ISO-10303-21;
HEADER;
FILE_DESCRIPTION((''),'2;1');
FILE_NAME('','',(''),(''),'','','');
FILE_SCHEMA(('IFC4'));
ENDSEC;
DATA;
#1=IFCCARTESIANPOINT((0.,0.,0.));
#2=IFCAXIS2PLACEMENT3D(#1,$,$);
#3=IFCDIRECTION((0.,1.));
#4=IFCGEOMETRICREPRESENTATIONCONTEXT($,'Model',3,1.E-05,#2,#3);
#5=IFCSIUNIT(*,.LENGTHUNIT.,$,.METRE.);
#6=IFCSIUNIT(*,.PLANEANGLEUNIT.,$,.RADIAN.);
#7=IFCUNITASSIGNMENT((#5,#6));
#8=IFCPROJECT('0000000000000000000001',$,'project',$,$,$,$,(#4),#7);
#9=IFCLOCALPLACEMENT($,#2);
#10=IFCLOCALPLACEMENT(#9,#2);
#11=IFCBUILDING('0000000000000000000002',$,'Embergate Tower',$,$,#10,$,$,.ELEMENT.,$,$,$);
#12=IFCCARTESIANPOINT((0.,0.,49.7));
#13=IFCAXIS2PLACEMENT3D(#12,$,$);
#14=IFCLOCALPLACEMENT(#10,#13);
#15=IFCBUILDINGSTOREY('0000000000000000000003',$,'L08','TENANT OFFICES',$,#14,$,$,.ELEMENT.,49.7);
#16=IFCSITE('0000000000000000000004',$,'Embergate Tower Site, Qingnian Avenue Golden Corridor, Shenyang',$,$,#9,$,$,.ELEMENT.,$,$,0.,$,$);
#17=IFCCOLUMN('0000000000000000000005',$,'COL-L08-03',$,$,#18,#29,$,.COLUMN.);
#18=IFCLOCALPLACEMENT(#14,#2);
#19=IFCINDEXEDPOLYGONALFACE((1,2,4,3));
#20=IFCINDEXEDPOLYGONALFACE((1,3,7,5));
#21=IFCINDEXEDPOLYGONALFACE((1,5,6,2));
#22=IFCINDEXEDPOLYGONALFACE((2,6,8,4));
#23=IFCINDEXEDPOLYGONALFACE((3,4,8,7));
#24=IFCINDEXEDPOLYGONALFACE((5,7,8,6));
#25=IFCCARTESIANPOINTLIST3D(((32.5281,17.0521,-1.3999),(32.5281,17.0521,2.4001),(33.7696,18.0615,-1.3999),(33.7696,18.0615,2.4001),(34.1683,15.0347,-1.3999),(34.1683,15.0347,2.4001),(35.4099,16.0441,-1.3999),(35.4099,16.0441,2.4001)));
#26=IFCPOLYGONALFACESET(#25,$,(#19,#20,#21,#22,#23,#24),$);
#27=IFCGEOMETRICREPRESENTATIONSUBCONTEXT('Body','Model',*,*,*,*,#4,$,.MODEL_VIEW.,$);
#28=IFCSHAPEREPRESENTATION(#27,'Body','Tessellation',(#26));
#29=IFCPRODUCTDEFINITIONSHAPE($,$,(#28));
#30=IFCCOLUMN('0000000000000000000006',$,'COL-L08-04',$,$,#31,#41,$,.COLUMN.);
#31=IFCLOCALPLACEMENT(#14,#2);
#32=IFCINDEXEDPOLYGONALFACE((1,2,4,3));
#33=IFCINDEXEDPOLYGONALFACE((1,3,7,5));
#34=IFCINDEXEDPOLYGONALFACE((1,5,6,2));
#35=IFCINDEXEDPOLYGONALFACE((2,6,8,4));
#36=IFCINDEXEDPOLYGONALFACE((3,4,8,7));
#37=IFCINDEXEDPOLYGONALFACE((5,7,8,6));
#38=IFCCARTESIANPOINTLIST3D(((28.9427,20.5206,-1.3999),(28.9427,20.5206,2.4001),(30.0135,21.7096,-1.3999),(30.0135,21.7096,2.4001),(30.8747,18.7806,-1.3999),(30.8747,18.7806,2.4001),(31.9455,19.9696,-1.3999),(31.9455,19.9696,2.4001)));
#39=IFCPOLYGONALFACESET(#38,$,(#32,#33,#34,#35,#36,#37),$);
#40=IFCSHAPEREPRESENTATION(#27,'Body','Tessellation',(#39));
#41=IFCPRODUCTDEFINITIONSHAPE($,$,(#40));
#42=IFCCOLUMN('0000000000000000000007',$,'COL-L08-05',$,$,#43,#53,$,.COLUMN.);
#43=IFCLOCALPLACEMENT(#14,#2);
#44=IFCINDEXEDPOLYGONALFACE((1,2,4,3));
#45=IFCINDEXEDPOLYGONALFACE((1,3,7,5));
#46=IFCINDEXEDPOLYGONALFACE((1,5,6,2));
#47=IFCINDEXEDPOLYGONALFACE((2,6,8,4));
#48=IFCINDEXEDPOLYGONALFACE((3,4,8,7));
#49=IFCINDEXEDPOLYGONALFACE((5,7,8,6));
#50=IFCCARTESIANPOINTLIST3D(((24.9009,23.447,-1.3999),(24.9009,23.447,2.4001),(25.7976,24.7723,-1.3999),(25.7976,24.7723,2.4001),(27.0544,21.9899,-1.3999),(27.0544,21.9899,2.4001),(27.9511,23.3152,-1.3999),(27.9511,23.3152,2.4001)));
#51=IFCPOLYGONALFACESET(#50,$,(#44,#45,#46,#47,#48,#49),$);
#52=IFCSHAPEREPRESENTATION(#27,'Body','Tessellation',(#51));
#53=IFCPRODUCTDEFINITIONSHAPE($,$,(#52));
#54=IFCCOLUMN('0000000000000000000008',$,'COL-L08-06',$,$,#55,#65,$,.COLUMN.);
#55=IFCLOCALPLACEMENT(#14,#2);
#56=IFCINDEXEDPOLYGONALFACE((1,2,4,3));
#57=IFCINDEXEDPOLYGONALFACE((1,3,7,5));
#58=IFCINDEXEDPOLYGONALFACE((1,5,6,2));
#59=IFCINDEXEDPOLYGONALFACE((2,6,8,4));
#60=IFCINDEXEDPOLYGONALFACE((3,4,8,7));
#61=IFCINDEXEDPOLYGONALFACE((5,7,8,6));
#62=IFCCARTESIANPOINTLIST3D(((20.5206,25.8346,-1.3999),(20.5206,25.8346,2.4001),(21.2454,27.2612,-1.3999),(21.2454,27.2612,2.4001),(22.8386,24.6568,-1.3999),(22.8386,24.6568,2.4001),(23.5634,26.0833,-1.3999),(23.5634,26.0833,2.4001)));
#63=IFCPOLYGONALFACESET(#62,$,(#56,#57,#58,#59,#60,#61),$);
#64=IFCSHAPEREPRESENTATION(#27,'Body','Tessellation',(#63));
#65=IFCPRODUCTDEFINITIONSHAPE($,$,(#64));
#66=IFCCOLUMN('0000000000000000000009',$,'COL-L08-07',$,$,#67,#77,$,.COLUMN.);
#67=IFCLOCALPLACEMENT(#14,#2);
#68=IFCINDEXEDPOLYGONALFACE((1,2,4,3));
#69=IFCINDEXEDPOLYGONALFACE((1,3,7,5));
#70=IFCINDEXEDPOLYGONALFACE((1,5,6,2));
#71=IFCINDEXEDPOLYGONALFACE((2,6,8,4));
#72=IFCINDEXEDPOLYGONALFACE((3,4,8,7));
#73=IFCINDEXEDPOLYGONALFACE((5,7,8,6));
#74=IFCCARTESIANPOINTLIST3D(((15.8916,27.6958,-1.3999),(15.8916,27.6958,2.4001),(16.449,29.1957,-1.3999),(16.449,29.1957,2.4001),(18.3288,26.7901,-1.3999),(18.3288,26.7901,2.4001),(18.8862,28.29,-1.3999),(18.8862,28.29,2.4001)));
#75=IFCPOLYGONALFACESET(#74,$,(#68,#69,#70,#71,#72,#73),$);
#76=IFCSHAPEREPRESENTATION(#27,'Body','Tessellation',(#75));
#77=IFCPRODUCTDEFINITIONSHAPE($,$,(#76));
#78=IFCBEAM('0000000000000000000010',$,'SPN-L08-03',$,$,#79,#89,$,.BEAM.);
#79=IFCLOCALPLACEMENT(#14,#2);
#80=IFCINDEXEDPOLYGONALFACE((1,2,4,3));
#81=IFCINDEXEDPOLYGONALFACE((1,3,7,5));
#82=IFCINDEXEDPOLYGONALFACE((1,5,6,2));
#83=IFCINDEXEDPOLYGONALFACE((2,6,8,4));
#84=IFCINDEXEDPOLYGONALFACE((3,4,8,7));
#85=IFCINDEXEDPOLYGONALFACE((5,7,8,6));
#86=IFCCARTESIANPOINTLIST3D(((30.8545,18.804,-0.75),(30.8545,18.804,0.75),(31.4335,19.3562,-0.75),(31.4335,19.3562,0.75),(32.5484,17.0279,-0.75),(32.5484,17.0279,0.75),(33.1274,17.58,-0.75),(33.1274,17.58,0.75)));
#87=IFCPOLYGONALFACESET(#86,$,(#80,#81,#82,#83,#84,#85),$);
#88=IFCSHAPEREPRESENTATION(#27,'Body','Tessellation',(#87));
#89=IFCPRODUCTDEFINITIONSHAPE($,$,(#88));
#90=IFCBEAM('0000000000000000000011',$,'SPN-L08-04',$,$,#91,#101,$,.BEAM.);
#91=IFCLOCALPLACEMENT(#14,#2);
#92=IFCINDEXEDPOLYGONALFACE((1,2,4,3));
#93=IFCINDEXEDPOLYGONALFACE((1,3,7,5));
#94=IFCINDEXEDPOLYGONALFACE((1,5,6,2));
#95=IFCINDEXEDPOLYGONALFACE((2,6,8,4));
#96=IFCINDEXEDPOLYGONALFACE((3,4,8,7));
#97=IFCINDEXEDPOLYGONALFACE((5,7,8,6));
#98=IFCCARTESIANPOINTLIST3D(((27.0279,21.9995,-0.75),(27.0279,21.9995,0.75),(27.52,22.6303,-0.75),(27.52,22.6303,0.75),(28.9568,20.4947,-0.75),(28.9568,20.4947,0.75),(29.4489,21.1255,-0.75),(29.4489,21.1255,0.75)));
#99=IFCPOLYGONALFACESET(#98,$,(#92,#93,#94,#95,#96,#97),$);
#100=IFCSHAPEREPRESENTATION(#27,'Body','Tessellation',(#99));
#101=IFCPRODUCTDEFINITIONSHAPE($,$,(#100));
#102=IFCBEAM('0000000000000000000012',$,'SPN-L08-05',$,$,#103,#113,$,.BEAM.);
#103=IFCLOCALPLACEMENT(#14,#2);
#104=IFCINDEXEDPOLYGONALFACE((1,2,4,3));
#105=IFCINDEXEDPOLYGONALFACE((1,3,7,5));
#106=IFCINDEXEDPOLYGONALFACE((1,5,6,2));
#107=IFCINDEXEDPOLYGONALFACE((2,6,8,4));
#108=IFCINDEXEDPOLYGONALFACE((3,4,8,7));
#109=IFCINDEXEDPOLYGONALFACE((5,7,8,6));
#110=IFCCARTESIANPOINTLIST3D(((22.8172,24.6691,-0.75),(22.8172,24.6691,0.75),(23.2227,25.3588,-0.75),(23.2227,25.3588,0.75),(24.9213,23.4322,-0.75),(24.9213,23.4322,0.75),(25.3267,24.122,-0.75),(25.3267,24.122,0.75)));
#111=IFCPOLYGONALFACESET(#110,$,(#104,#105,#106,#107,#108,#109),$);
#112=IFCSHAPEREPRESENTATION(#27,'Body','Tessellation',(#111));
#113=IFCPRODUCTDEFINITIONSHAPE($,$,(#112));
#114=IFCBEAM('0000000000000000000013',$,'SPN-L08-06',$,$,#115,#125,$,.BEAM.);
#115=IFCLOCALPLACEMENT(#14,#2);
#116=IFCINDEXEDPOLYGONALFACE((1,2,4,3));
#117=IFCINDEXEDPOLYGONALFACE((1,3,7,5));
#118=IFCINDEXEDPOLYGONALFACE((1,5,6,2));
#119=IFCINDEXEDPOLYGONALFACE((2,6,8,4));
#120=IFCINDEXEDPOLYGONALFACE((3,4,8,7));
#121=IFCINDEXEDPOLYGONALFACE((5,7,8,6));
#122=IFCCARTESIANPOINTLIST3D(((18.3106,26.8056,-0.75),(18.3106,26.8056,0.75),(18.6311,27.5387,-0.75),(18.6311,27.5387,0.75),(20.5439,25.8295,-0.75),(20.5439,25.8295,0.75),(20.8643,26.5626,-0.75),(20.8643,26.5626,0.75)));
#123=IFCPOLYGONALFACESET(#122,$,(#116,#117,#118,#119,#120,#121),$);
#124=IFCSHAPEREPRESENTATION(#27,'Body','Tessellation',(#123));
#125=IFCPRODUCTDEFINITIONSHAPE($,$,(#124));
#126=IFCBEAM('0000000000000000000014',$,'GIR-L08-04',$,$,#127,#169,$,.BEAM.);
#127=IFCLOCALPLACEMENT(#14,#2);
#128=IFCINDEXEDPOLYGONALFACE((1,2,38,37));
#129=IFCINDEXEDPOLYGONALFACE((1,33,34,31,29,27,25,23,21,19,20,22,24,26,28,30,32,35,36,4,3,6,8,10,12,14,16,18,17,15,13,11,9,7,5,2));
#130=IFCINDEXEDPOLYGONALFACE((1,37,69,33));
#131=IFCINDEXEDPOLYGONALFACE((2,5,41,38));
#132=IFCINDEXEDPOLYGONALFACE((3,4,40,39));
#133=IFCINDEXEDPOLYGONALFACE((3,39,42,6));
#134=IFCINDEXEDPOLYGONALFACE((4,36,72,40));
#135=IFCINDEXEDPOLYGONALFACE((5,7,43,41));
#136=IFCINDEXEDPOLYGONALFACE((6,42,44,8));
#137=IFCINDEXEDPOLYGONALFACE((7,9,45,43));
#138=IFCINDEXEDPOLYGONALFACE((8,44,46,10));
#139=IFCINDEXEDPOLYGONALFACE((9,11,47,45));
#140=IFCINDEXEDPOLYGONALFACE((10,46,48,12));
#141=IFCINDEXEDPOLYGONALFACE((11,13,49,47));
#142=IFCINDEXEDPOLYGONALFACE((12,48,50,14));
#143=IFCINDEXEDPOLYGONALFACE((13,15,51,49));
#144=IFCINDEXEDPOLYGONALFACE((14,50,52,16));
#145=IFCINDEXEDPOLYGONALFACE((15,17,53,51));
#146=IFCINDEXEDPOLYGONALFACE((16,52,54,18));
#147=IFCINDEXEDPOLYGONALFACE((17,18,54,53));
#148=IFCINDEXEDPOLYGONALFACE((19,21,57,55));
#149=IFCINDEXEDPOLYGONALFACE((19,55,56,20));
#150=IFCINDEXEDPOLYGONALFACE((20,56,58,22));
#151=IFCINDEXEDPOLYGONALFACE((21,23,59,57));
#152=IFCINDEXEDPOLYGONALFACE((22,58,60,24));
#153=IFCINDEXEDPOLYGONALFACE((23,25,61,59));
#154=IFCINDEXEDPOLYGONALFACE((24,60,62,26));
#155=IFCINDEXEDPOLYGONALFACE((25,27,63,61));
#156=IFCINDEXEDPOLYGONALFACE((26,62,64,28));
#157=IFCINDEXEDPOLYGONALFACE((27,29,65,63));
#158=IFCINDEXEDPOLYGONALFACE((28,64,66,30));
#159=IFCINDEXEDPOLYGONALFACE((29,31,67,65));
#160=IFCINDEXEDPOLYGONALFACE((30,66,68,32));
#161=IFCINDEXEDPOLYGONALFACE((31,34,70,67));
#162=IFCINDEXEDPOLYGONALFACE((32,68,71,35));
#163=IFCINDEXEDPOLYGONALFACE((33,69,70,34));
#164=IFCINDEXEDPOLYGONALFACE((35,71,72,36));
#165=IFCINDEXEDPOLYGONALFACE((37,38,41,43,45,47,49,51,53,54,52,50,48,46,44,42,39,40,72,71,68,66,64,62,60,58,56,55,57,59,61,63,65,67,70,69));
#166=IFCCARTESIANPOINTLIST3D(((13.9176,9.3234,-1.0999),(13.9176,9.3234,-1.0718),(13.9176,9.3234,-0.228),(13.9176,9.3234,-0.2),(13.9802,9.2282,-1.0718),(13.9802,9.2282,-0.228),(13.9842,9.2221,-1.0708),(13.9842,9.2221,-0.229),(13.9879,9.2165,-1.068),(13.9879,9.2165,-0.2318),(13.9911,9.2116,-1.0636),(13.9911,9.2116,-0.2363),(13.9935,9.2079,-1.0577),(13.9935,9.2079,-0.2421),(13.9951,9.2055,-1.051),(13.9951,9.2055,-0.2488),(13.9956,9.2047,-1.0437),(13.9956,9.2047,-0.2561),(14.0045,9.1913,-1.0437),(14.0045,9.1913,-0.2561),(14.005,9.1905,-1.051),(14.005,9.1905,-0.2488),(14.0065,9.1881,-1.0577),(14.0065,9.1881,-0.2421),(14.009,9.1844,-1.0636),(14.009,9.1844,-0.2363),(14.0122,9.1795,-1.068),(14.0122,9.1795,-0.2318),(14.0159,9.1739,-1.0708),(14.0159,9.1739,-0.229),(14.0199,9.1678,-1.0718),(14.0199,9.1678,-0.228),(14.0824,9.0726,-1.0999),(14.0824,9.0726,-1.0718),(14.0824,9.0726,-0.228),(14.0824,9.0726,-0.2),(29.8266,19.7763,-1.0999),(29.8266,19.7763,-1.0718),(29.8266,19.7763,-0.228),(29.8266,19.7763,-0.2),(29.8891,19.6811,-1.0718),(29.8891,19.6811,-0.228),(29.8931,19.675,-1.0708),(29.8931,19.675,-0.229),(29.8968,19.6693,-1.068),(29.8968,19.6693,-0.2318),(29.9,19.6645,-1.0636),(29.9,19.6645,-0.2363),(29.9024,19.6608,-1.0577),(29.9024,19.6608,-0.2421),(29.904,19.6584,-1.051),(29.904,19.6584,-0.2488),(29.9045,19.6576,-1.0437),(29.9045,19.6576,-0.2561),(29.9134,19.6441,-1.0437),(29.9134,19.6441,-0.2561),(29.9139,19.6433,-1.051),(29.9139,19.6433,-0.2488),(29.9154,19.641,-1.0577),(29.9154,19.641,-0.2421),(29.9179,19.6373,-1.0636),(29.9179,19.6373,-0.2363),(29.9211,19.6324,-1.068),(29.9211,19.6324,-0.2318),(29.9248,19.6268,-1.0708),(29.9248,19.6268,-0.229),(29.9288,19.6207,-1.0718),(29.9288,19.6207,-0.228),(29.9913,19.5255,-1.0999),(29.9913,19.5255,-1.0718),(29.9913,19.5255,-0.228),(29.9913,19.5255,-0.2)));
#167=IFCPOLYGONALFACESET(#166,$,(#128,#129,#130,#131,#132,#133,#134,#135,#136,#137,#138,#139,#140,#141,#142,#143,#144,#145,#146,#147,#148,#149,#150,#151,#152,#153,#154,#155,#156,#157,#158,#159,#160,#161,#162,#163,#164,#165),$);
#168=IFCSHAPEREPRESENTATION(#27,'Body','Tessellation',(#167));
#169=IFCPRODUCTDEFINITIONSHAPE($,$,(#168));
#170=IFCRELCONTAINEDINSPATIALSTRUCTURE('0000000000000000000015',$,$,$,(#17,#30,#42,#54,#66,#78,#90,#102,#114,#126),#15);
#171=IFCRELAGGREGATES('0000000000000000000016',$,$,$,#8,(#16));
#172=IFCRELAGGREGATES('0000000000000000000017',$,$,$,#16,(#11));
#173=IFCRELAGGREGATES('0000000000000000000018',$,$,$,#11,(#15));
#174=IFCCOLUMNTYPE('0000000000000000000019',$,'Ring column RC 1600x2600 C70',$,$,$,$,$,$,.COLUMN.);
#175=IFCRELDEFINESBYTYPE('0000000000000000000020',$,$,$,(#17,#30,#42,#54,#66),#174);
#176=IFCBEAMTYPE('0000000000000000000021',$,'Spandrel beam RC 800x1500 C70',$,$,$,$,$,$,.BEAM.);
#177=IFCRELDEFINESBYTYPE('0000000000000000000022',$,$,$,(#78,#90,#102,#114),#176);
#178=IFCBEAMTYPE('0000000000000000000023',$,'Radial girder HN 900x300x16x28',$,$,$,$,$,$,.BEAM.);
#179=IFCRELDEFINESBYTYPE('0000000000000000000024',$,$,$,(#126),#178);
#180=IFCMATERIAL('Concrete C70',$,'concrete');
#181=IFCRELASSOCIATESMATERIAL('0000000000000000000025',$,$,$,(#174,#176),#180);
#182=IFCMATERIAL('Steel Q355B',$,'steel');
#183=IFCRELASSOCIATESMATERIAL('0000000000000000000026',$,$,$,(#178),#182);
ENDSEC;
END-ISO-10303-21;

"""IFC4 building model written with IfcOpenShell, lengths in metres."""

from ifc_helpers import new_model, si_unit, direction, frame, origin, origin_2d, place, context, subcontext, project, spatial, rectangle, i_section, extrude, source, transform, mapped, material, material_profile, profile_set, type_object, element, save


model = new_model("IFC4")

# Units and contexts
model_context = context("Model", 3, precision=1e-05, world=origin(), true_north=direction((0.0, 1.0)))
body_context = subcontext(model_context, "Body", "Model", "MODEL_VIEW")
ifc_project = project(units=[si_unit("LENGTHUNIT", "METRE"), si_unit("PLANEANGLEUNIT", "RADIAN")], contexts=[model_context])

# Site, building, storey
site_placement = place(None, origin())
site = spatial("IfcSite", under=ifc_project, at=site_placement, Name="Embergate Tower Site, Qingnian Avenue Golden Corridor, Shenyang", CompositionType="ELEMENT", RefElevation=0.0)
building_placement = place(site_placement, origin())
building = spatial("IfcBuilding", under=site, at=building_placement, Name="Embergate Tower", CompositionType="ELEMENT")
storey_placement = place(building_placement, frame((0.0, 0.0, 49.7)))
storey = spatial("IfcBuildingStorey", under=building, at=storey_placement, Name="L08", Description="TENANT OFFICES", CompositionType="ELEMENT", Elevation=49.7)

# Columns
ifc_material_1 = material(Name="Concrete C70", Category="concrete")
ifc_material_profile_1 = material_profile(ifc_material_1, rectangle(XDim=1.6001, YDim=2.6001, at=origin_2d()), Name="RC 1600x2600")
ifc_profile_set_1 = profile_set([ifc_material_profile_1], Name="Concrete C70")
column_type = type_object("IfcColumnType", Name="Ring column RC 1600x2600 C70", PredefinedType="COLUMN", material=ifc_profile_set_1)
shared_shape_1 = source(origin(), body_context, "Body", "SweptSolid", [
    extrude(rectangle(XDim=1.6001, YDim=2.6001, at=origin_2d()), origin(), (0.0, 0.0, 1.0), 3.8),
])
for number, where, z_axis, x_axis, name in (
    (1, (33.969, 16.5481, -1.3999), (0.0, 0.0, 1.0), (0.775914, 0.630838, 0.0), "COL-L08-03"),
    (2, (30.4441, 20.2451, -1.3999), (0.0, 0.0, 1.0), (0.669208, 0.743075, 0.0), "COL-L08-04"),
    (3, (26.426, 23.3811, -1.3999), (0.0, 0.0, 1.0), (0.560393, 0.828227, 0.0), "COL-L08-05"),
    (4, (22.042, 25.959, -1.3999), (0.0, 0.0, 1.0), (0.452995, 0.891513, 0.0), "COL-L08-06"),
    (5, (17.3889, 27.9929, -1.3999), (0.0, 0.0, 1.0), (0.348343, 0.937367, 0.0), "COL-L08-07"),
):
    element("IfcColumn", number, at=place(storey_placement, frame(where, z_axis=z_axis, x_axis=x_axis)), inside=storey, type_object=column_type, Name=name, PredefinedType="COLUMN", context=body_context, shape_type="MappedRepresentation", body=[
        mapped(shared_shape_1, transform((0.0, 0.0, 0.0))),
    ])

# Beams
ifc_material_profile_2 = material_profile(ifc_material_1, rectangle(XDim=0.8, YDim=1.5, at=origin_2d()), Name="RC 800x1500")
ifc_profile_set_2 = profile_set([ifc_material_profile_2], Name="Concrete C70")
beam_type_1 = type_object("IfcBeamType", Name="Spandrel beam RC 800x1500 C70", PredefinedType="BEAM", material=ifc_profile_set_2)
shared_shape_2 = source(origin(), body_context, "Body", "SweptSolid", [
    extrude(rectangle(XDim=0.8, YDim=1.5, at=origin_2d()), origin(), (0.0, 0.0, 1.0), 2.4543),
])
beam_1_placement = place(storey_placement, frame((32.8379, 17.304, 0.0), z_axis=(-0.690147, 0.723669, 0.0), x_axis=(-0.723669, -0.690147, 0.0)))
element("IfcBeam", 6, at=beam_1_placement, inside=storey, type_object=beam_type_1, Name="SPN-L08-03", PredefinedType="BEAM", context=body_context, shape_type="MappedRepresentation", body=[
    mapped(shared_shape_2, transform((0.0, 0.0, 0.0))),
])
shared_shape_3 = source(origin(), body_context, "Body", "SweptSolid", [
    extrude(rectangle(XDim=0.8, YDim=1.5, at=origin_2d()), origin(), (0.0, 0.0, 1.0), 2.4465),
])
beam_2_placement = place(storey_placement, frame((29.2029, 20.8101, 0.0), z_axis=(-0.788443, 0.615107, 0.0), x_axis=(-0.615107, -0.788443, 0.0)))
element("IfcBeam", 7, at=beam_2_placement, inside=storey, type_object=beam_type_1, Name="SPN-L08-04", PredefinedType="BEAM", context=body_context, shape_type="MappedRepresentation", body=[
    mapped(shared_shape_3, transform((0.0, 0.0, 0.0))),
])
shared_shape_4 = source(origin(), body_context, "Body", "SweptSolid", [
    extrude(rectangle(XDim=0.8, YDim=1.5, at=origin_2d()), origin(), (0.0, 0.0, 1.0), 2.4407),
])
beam_3_placement = place(storey_placement, frame((25.124, 23.7771, 0.0), z_axis=(-0.862083, 0.506767, 0.0), x_axis=(-0.506767, -0.862083, 0.0)))
element("IfcBeam", 8, at=beam_3_placement, inside=storey, type_object=beam_type_1, Name="SPN-L08-05", PredefinedType="BEAM", context=body_context, shape_type="MappedRepresentation", body=[
    mapped(shared_shape_4, transform((0.0, 0.0, 0.0))),
])
shared_shape_5 = source(origin(), body_context, "Body", "SweptSolid", [
    extrude(rectangle(XDim=0.8, YDim=1.5, at=origin_2d()), origin(), (0.0, 0.0, 1.0), 2.4373),
])
beam_4_placement = place(storey_placement, frame((20.7041, 26.196, 0.0), z_axis=(-0.916298, 0.400498, 0.0), x_axis=(-0.400498, -0.916298, 0.0)))
element("IfcBeam", 9, at=beam_4_placement, inside=storey, type_object=beam_type_1, Name="SPN-L08-06", PredefinedType="BEAM", context=body_context, shape_type="MappedRepresentation", body=[
    mapped(shared_shape_5, transform((0.0, 0.0, 0.0))),
])
ifc_material_2 = material(Name="Steel Q355B", Category="steel")
ifc_material_profile_3 = material_profile(ifc_material_2, i_section(OverallWidth=0.3, OverallDepth=0.8999, WebThickness=0.0161, FlangeThickness=0.0281, FilletRadius=0.0281, at=origin_2d()), Name="HN 900x300x16x28")
ifc_profile_set_3 = profile_set([ifc_material_profile_3], Name="Steel Q355 grade B")
beam_type_2 = type_object("IfcBeamType", Name="Radial girder HN 900x300x16x28", PredefinedType="BEAM", material=ifc_profile_set_3)
shared_shape_6 = source(origin(), body_context, "Body", "SweptSolid", [
    extrude(i_section(OverallWidth=0.3, OverallDepth=0.8999, WebThickness=0.0161, FlangeThickness=0.0281, FilletRadius=0.0281, at=origin_2d()), origin(), (0.0, 0.0, 1.0), 19.0356),
])
beam_5_placement = place(storey_placement, frame((29.9089, 19.6509, -0.6499), z_axis=(-0.835743, -0.549121, 0.0), x_axis=(0.549121, -0.835743, 0.0)))
element("IfcBeam", 10, at=beam_5_placement, inside=storey, type_object=beam_type_2, Name="GIR-L08-04", PredefinedType="BEAM", context=body_context, shape_type="MappedRepresentation", body=[
    mapped(shared_shape_6, transform((0.0, 0.0, 0.0))),
])

save(model, "model.ifc")
